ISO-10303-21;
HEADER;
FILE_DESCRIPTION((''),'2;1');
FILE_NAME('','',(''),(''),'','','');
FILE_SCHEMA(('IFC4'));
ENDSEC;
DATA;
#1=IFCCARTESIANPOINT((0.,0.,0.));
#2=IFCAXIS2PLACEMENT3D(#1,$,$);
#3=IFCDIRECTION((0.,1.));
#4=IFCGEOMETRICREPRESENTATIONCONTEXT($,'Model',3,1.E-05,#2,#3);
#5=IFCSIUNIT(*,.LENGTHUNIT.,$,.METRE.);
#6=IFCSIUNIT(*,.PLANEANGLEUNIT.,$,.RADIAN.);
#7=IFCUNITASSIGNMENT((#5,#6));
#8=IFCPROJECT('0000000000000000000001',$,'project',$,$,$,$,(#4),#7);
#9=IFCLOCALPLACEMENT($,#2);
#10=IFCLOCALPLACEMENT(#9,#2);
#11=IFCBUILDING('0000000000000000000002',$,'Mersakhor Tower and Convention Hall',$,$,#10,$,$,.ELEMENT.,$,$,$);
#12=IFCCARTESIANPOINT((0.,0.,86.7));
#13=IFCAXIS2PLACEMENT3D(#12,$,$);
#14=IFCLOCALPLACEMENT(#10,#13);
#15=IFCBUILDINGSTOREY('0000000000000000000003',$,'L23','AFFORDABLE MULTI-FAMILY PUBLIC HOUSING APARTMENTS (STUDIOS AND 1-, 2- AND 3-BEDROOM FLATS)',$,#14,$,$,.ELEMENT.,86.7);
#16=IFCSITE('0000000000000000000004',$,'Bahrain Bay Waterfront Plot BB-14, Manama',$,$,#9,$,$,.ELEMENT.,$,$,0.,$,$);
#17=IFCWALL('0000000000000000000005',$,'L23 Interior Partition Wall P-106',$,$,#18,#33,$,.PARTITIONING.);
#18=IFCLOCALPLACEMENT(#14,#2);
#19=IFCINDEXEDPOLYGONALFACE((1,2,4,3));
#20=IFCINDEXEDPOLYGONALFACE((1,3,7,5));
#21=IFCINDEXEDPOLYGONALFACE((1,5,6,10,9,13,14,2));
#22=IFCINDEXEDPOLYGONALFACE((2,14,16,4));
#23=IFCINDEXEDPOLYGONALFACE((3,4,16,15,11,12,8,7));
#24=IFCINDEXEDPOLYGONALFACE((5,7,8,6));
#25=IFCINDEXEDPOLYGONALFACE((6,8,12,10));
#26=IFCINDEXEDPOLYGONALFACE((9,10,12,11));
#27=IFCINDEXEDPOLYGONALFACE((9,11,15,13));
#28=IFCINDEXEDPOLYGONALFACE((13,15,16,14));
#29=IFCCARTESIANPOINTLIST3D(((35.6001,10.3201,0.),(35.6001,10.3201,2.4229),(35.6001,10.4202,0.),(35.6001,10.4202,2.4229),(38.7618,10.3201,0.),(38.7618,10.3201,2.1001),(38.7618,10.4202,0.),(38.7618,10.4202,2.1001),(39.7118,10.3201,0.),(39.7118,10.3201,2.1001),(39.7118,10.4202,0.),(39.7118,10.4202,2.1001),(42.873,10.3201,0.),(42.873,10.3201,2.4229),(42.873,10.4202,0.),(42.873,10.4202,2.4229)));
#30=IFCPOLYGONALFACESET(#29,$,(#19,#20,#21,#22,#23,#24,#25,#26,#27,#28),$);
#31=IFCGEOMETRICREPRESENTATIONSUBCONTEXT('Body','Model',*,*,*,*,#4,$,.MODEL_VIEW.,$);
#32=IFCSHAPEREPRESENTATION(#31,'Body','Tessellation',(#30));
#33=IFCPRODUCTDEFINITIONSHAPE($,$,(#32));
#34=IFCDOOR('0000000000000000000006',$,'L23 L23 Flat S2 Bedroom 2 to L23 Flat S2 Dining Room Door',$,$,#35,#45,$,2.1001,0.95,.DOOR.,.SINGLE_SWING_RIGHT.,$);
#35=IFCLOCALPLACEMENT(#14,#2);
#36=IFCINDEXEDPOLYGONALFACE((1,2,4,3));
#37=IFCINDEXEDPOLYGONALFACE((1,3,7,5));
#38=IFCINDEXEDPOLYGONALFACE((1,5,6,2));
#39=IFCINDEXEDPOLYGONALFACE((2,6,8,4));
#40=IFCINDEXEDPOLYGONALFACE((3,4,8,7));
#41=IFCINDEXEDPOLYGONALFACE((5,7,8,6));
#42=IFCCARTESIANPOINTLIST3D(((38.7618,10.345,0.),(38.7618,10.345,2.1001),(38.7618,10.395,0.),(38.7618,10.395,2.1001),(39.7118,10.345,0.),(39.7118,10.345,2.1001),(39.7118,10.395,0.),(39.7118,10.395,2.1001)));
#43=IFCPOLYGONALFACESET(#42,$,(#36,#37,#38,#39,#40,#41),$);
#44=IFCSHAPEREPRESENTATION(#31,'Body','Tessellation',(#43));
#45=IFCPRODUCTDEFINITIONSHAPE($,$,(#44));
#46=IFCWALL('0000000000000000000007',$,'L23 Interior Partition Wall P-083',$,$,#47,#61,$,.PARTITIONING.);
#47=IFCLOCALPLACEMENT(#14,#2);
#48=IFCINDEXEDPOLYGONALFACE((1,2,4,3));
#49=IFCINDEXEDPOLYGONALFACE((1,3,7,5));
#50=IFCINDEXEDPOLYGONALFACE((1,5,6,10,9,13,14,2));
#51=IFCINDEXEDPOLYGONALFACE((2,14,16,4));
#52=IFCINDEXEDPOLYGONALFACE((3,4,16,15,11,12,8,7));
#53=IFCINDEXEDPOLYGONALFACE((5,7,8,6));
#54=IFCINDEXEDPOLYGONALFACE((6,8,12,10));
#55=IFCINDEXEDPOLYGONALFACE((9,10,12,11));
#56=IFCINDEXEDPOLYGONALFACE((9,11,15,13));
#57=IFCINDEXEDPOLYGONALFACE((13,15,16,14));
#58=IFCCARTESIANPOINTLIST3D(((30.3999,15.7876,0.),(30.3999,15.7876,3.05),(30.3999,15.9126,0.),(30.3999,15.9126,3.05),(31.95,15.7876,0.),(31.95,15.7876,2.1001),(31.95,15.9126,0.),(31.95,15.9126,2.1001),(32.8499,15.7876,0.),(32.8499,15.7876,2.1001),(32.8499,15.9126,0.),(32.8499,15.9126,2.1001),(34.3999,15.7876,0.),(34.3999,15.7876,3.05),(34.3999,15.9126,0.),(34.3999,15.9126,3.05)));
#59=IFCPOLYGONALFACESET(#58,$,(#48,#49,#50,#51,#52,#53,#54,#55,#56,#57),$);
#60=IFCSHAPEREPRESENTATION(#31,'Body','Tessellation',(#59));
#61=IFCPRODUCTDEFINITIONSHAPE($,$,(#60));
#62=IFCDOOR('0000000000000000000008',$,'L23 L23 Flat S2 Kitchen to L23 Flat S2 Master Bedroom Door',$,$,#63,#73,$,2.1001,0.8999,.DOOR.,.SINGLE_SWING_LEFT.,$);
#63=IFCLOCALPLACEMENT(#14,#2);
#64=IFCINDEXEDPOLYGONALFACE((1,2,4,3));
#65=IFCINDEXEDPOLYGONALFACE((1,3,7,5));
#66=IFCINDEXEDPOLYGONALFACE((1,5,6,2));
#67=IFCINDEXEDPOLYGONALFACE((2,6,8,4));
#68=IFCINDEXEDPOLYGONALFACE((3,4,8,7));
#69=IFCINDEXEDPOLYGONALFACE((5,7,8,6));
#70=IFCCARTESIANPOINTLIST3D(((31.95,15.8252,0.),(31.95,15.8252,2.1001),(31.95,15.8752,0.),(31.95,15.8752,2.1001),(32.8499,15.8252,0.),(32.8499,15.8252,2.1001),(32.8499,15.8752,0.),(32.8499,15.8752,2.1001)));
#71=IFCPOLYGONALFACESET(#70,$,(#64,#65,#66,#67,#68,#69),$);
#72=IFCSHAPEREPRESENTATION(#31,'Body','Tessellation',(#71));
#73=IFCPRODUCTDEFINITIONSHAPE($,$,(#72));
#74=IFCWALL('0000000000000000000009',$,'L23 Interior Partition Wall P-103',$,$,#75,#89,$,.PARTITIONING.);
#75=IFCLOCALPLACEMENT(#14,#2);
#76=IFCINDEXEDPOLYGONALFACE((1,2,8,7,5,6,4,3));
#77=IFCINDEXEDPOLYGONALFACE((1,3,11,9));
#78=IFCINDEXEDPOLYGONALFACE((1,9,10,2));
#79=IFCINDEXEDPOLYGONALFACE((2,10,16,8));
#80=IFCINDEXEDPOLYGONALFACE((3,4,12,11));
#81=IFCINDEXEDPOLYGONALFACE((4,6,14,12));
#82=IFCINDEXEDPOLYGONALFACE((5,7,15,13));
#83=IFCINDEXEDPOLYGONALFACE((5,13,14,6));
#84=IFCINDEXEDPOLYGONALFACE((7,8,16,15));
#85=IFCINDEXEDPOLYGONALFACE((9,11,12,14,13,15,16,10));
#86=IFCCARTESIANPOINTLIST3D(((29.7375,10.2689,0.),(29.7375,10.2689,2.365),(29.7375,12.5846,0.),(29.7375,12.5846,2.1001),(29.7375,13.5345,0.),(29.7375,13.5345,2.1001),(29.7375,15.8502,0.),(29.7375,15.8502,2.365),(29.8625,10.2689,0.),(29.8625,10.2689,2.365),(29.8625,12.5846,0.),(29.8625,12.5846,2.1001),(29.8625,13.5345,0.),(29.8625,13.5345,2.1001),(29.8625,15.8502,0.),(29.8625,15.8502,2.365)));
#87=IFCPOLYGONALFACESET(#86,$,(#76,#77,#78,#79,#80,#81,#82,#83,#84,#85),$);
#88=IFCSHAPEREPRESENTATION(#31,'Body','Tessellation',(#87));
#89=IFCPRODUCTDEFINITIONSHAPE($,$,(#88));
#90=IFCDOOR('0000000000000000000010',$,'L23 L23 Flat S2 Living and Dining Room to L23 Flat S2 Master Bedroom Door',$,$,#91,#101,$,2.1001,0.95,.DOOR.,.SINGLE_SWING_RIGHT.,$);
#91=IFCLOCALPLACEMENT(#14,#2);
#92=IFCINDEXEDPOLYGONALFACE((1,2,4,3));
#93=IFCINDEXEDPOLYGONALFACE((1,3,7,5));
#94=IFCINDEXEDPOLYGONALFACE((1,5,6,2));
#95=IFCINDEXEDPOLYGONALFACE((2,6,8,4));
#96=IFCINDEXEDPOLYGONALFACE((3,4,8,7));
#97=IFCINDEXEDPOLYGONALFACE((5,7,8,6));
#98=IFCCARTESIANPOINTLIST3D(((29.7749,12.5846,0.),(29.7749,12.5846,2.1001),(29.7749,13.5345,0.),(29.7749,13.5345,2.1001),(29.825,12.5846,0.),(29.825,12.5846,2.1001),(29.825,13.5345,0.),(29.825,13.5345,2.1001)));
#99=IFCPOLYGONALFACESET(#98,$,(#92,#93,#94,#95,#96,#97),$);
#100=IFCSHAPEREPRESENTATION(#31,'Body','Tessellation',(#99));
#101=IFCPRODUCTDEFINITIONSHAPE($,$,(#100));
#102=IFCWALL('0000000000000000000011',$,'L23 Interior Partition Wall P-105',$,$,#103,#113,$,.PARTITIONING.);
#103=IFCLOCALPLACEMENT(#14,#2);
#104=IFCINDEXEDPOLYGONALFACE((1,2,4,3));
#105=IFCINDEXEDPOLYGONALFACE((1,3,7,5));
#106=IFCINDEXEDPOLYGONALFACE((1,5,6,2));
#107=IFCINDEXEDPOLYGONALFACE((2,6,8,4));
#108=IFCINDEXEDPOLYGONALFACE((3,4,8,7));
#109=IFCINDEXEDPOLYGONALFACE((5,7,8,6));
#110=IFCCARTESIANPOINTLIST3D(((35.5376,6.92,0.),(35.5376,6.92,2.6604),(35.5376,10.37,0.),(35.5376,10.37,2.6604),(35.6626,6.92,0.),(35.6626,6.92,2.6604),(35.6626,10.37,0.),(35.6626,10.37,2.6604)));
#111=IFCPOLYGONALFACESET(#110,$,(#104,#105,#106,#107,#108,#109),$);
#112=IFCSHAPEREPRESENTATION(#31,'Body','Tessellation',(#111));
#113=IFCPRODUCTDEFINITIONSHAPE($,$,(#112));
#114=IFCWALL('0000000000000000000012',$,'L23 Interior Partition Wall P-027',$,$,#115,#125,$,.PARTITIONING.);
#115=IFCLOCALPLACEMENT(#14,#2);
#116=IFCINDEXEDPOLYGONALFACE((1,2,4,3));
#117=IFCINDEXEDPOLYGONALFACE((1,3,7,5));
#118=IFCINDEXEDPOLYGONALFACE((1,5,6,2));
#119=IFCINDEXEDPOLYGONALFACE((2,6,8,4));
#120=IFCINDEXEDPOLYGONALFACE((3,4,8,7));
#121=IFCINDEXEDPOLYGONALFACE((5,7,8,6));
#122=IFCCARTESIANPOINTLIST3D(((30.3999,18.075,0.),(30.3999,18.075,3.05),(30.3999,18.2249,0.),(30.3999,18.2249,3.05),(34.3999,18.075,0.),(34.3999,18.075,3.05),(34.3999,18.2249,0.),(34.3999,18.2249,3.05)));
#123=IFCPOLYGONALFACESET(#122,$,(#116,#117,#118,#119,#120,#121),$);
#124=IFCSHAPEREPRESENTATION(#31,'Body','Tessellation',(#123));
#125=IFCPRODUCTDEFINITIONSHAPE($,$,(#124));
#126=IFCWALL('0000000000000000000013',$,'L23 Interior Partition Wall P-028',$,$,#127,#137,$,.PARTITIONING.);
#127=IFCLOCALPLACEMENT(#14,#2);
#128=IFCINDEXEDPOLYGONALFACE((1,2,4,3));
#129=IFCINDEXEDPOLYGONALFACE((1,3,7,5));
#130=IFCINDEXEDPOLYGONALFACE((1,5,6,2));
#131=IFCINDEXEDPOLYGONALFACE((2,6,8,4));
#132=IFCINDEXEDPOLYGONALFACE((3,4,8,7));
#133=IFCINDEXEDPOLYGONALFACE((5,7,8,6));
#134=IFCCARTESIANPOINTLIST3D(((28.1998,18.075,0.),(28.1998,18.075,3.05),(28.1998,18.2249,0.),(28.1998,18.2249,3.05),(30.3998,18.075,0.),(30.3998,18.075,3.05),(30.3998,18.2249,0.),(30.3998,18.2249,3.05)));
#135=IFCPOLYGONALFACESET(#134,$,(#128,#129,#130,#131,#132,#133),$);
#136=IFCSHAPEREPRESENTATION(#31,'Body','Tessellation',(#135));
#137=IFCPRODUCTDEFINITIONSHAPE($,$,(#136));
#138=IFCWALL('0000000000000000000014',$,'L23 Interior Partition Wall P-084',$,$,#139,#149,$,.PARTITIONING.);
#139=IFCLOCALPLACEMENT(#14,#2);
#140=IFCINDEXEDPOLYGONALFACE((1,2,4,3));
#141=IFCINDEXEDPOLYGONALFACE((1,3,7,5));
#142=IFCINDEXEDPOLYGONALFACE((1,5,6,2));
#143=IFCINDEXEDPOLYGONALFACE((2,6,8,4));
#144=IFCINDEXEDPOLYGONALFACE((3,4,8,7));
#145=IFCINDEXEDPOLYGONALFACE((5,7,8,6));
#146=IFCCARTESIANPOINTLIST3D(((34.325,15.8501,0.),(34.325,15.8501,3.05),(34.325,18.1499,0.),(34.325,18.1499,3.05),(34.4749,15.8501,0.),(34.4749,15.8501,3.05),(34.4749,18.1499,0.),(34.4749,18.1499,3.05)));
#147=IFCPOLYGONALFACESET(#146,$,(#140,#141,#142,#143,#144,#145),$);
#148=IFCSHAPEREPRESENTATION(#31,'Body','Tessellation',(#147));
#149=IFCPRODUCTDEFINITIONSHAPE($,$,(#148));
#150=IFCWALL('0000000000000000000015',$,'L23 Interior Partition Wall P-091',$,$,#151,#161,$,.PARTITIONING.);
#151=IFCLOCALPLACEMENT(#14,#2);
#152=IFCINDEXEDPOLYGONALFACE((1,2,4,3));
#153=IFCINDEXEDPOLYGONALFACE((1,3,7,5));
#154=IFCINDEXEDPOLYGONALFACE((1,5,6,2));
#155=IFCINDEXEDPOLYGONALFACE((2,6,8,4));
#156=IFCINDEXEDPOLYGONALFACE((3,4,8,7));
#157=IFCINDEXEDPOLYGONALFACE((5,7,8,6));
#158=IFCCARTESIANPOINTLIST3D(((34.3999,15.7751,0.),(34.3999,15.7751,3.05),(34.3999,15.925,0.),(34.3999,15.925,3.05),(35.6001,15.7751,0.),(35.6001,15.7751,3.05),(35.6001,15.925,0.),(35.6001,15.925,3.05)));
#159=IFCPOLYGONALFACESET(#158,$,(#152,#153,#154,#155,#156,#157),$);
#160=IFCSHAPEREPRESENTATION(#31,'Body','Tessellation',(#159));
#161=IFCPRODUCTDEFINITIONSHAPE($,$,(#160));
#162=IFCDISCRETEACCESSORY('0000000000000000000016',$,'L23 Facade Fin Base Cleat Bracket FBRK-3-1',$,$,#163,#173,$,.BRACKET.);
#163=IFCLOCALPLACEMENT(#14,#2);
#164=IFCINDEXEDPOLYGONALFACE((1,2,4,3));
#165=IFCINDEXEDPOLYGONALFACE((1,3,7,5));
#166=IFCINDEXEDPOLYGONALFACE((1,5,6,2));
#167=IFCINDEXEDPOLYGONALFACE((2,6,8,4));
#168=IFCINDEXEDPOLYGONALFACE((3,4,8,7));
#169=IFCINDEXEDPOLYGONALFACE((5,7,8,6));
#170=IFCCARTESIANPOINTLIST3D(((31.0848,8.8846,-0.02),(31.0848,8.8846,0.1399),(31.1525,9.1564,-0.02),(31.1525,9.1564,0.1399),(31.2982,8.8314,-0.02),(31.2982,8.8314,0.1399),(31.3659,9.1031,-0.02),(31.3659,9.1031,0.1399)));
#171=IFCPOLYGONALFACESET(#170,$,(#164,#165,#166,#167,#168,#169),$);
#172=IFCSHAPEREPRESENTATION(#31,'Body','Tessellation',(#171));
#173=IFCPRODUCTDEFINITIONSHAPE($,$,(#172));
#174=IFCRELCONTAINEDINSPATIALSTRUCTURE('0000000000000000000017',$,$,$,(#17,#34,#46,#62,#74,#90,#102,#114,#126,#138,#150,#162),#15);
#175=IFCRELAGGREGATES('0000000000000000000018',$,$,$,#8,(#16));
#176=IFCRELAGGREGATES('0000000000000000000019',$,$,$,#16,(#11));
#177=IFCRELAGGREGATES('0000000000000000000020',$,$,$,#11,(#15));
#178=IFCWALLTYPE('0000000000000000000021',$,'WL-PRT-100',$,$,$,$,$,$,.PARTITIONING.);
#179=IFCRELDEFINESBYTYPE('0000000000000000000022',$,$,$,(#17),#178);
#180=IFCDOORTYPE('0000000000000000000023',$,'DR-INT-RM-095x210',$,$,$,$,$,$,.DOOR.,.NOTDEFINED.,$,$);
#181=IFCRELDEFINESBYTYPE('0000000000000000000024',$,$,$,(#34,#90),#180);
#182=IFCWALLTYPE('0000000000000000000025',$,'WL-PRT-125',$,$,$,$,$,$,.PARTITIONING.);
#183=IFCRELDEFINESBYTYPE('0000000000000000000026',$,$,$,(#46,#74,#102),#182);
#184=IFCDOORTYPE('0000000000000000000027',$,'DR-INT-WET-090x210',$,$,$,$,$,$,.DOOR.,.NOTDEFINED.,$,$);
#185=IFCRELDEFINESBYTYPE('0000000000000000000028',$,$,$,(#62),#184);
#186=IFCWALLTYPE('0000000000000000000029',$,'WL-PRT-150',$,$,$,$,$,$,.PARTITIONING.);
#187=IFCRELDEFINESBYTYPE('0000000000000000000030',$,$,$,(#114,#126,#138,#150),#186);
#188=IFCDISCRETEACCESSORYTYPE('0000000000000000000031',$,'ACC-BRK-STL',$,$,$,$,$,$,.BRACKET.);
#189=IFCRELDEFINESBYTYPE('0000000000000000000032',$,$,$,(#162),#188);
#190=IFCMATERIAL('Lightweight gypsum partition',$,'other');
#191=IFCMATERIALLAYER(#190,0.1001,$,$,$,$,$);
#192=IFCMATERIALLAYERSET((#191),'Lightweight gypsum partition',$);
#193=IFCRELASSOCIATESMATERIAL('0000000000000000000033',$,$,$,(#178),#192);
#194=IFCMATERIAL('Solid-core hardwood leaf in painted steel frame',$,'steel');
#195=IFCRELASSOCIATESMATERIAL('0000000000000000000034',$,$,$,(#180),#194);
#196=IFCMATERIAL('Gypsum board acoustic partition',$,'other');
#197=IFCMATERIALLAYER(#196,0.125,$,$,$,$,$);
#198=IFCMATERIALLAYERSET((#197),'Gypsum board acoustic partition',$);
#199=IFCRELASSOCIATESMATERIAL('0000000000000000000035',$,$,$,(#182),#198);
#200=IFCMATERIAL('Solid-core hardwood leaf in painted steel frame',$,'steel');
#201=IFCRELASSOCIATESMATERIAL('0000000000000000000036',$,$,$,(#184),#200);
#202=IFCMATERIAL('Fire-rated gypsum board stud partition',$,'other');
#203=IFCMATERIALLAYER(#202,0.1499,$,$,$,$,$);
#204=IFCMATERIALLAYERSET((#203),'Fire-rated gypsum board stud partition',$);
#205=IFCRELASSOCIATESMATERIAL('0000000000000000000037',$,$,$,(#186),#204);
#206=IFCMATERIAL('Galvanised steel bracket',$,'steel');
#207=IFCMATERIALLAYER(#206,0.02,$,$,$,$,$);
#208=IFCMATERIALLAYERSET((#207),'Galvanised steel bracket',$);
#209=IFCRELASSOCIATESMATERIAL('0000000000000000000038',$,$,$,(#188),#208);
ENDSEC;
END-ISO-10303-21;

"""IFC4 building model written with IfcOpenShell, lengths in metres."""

from ifc_helpers import new_model, si_unit, direction, frame, frame_2d, origin, origin_2d, place, context, subcontext, project, spatial, rectangle, extrude, material, layer, layer_set, type_object, element, fill, save


model = new_model("IFC4")

# Units and contexts
model_context = context("Model", 3, precision=1e-05, world=origin(), true_north=direction((0.0, 1.0)))
body_context = subcontext(model_context, "Body", "Model", "MODEL_VIEW")
ifc_project = project(units=[si_unit("LENGTHUNIT", "METRE"), si_unit("PLANEANGLEUNIT", "RADIAN")], contexts=[model_context])

# Site, building, storey
site_placement = place(None, origin())
site = spatial("IfcSite", under=ifc_project, at=site_placement, Name="Bahrain Bay Waterfront Plot BB-14, Manama", CompositionType="ELEMENT", RefElevation=0.0)
building_placement = place(site_placement, origin())
building = spatial("IfcBuilding", under=site, at=building_placement, Name="Mersakhor Tower and Convention Hall", CompositionType="ELEMENT")
storey_placement = place(building_placement, frame((0.0, 0.0, 86.7)))
storey = spatial("IfcBuildingStorey", under=building, at=storey_placement, Name="L23", Description="AFFORDABLE MULTI-FAMILY PUBLIC HOUSING APARTMENTS (STUDIOS AND 1-, 2- AND 3-BEDROOM FLATS)", CompositionType="ELEMENT", Elevation=86.7)

# Walls, openings, doors
ifc_material_1 = material(Name="Lightweight gypsum partition", Category="other")
ifc_layer_1 = layer(ifc_material_1, 0.1001)
ifc_layer_set_1 = layer_set([ifc_layer_1], Name="Lightweight gypsum partition")
wall_type_1 = type_object("IfcWallType", Name="WL-PRT-100", PredefinedType="PARTITIONING", material=ifc_layer_set_1)
ifc_material_2 = material(Name="Solid-core hardwood leaf in painted steel frame", Category="steel")
door_type_1 = type_object("IfcDoorType", Name="DR-INT-RM-095x210", OperationType="NOTDEFINED", PredefinedType="DOOR", material=ifc_material_2)
wall_1_placement = place(storey_placement, frame((35.6001, 10.3701, 0.0), z_axis=(0.0, 0.0, 1.0), x_axis=(1.0, 0.0, 0.0)))
wall_1 = element("IfcWall", 1, at=wall_1_placement, inside=storey, type_object=wall_type_1, Name="L23 Interior Partition Wall P-106", PredefinedType="PARTITIONING", context=body_context, shape_type="SweptSolid", body=[
    extrude(rectangle(XDim=7.2729, YDim=0.1001, at=frame_2d((3.6365, 0.0))), origin(), (0.0, 0.0, 1.0), 2.4229),
])
opening_1_placement = place(wall_1_placement, frame((3.1616, 0.0, 0.0)))
opening_1 = element("IfcOpeningElement", 2, at=opening_1_placement, cuts=wall_1, PredefinedType="OPENING", context=body_context, shape_type="SweptSolid", body=[
    extrude(rectangle(XDim=0.95, YDim=2.1001, at=frame_2d((0.4751, 1.05))), frame((0.0, 0.0601, 0.0), z_axis=(0.0, -1.0, 0.0), x_axis=(1.0, 0.0, 0.0)), (0.0, 0.0, 1.0), 0.1201),
])
door_1_placement = place(opening_1_placement, origin())
door_1 = element("IfcDoor", 3, at=door_1_placement, inside=storey, type_object=door_type_1, Name="L23 L23 Flat S2 Bedroom 2 to L23 Flat S2 Dining Room Door", OperationType="SINGLE_SWING_RIGHT", OverallHeight=2.1001, OverallWidth=0.95, PredefinedType="DOOR", context=body_context, shape_type="SweptSolid", body=[
    extrude(rectangle(XDim=0.95, YDim=2.1001, at=frame_2d((0.4751, 1.05))), frame((0.0, 0.0249, 0.0), z_axis=(0.0, -1.0, 0.0), x_axis=(1.0, 0.0, 0.0)), (0.0, 0.0, 1.0), 0.05),
])
fill(opening_1, door_1)
ifc_material_3 = material(Name="Gypsum board acoustic partition", Category="other")
ifc_layer_2 = layer(ifc_material_3, 0.125)
ifc_layer_set_2 = layer_set([ifc_layer_2], Name="Gypsum board acoustic partition")
wall_type_2 = type_object("IfcWallType", Name="WL-PRT-125", PredefinedType="PARTITIONING", material=ifc_layer_set_2)
wall_2_placement = place(storey_placement, frame((34.3999, 15.8501, 0.0), z_axis=(0.0, 0.0, 1.0), x_axis=(-1.0, 0.0, 0.0)))
wall_2 = element("IfcWall", 4, at=wall_2_placement, inside=storey, type_object=wall_type_2, Name="L23 Interior Partition Wall P-083", PredefinedType="PARTITIONING", context=body_context, shape_type="SweptSolid", body=[
    extrude(rectangle(XDim=4.0, YDim=0.125, at=frame_2d((2.0, 0.0))), origin(), (0.0, 0.0, 1.0), 3.05),
])
opening_2_placement = place(wall_2_placement, frame((1.55, 0.0, 0.0)))
opening_2 = element("IfcOpeningElement", 5, at=opening_2_placement, cuts=wall_2, PredefinedType="OPENING", context=body_context, shape_type="SweptSolid", body=[
    extrude(rectangle(XDim=0.8999, YDim=2.1001, at=frame_2d((0.45, 1.05))), frame((0.0, 0.0725, 0.0), z_axis=(0.0, -1.0, 0.0), x_axis=(1.0, 0.0, 0.0)), (0.0, 0.0, 1.0), 0.145),
])
ifc_material_4 = material(Name="Solid-core hardwood leaf in painted steel frame", Category="steel")
door_type_2 = type_object("IfcDoorType", Name="DR-INT-WET-090x210", OperationType="NOTDEFINED", PredefinedType="DOOR", material=ifc_material_4)
door_2_placement = place(opening_2_placement, origin())
door_2 = element("IfcDoor", 6, at=door_2_placement, inside=storey, type_object=door_type_2, Name="L23 L23 Flat S2 Kitchen to L23 Flat S2 Master Bedroom Door", OperationType="SINGLE_SWING_LEFT", OverallHeight=2.1001, OverallWidth=0.8999, PredefinedType="DOOR", context=body_context, shape_type="SweptSolid", body=[
    extrude(rectangle(XDim=0.8999, YDim=2.1001, at=frame_2d((0.45, 1.05))), frame((0.0, 0.0249, 0.0), z_axis=(0.0, -1.0, 0.0), x_axis=(1.0, 0.0, 0.0)), (0.0, 0.0, 1.0), 0.05),
])
fill(opening_2, door_2)
wall_3_placement = place(storey_placement, frame((29.8, 15.8501, 0.0), z_axis=(0.0, 0.0, 1.0), x_axis=(0.0, -1.0, 0.0)))
wall_3 = element("IfcWall", 7, at=wall_3_placement, inside=storey, type_object=wall_type_2, Name="L23 Interior Partition Wall P-103", PredefinedType="PARTITIONING", context=body_context, shape_type="SweptSolid", body=[
    extrude(rectangle(XDim=5.5813, YDim=0.125, at=frame_2d((2.7905, 0.0))), origin(), (0.0, 0.0, 1.0), 2.365),
])
opening_3_placement = place(wall_3_placement, frame((2.3154, 0.0, 0.0)))
opening_3 = element("IfcOpeningElement", 8, at=opening_3_placement, cuts=wall_3, PredefinedType="OPENING", context=body_context, shape_type="SweptSolid", body=[
    extrude(rectangle(XDim=0.95, YDim=2.1001, at=frame_2d((0.4751, 1.05))), frame((0.0, 0.0725, 0.0), z_axis=(0.0, -1.0, 0.0), x_axis=(1.0, 0.0, 0.0)), (0.0, 0.0, 1.0), 0.145),
])
door_3_placement = place(opening_3_placement, origin())
door_3 = element("IfcDoor", 9, at=door_3_placement, inside=storey, type_object=door_type_1, Name="L23 L23 Flat S2 Living and Dining Room to L23 Flat S2 Master Bedroom Door", OperationType="SINGLE_SWING_RIGHT", OverallHeight=2.1001, OverallWidth=0.95, PredefinedType="DOOR", context=body_context, shape_type="SweptSolid", body=[
    extrude(rectangle(XDim=0.95, YDim=2.1001, at=frame_2d((0.4751, 1.05))), frame((0.0, 0.0249, 0.0), z_axis=(0.0, -1.0, 0.0), x_axis=(1.0, 0.0, 0.0)), (0.0, 0.0, 1.0), 0.05),
])
fill(opening_3, door_3)

# Wall
wall_4_placement = place(storey_placement, frame((35.6001, 10.3701, 0.0), z_axis=(0.0, 0.0, 1.0), x_axis=(0.0, -1.0, 0.0)))
element("IfcWall", 10, at=wall_4_placement, inside=storey, type_object=wall_type_2, Name="L23 Interior Partition Wall P-105", PredefinedType="PARTITIONING", context=body_context, shape_type="SweptSolid", body=[
    extrude(rectangle(XDim=3.45, YDim=0.125, at=frame_2d((1.7251, 0.0))), origin(), (0.0, 0.0, 1.0), 2.6604),
])

# Shared definitions
ifc_material_5 = material(Name="Fire-rated gypsum board stud partition", Category="other")
ifc_layer_3 = layer(ifc_material_5, 0.1499)
ifc_layer_set_3 = layer_set([ifc_layer_3], Name="Fire-rated gypsum board stud partition")
wall_type_3 = type_object("IfcWallType", Name="WL-PRT-150", PredefinedType="PARTITIONING", material=ifc_layer_set_3)

# Walls
wall_5_placement = place(storey_placement, frame((34.3999, 18.1499, 0.0), z_axis=(0.0, 0.0, 1.0), x_axis=(-1.0, 0.0, 0.0)))
element("IfcWall", 11, at=wall_5_placement, inside=storey, type_object=wall_type_3, Name="L23 Interior Partition Wall P-027", PredefinedType="PARTITIONING", context=body_context, shape_type="SweptSolid", body=[
    extrude(rectangle(XDim=4.0, YDim=0.1499, at=frame_2d((2.0, 0.0))), origin(), (0.0, 0.0, 1.0), 3.05),
])
wall_6_placement = place(storey_placement, frame((30.3999, 18.1499, 0.0), z_axis=(0.0, 0.0, 1.0), x_axis=(-1.0, 0.0, 0.0)))
element("IfcWall", 12, at=wall_6_placement, inside=storey, type_object=wall_type_3, Name="L23 Interior Partition Wall P-028", PredefinedType="PARTITIONING", context=body_context, shape_type="SweptSolid", body=[
    extrude(rectangle(XDim=2.2, YDim=0.1499, at=frame_2d((1.1001, 0.0))), origin(), (0.0, 0.0, 1.0), 3.05),
])
wall_7_placement = place(storey_placement, frame((34.3999, 18.1499, 0.0), z_axis=(0.0, 0.0, 1.0), x_axis=(0.0, -1.0, 0.0)))
element("IfcWall", 13, at=wall_7_placement, inside=storey, type_object=wall_type_3, Name="L23 Interior Partition Wall P-084", PredefinedType="PARTITIONING", context=body_context, shape_type="SweptSolid", body=[
    extrude(rectangle(XDim=2.2998, YDim=0.1499, at=frame_2d((1.1499, 0.0))), origin(), (0.0, 0.0, 1.0), 3.05),
])
wall_8_placement = place(storey_placement, frame((35.6001, 15.8501, 0.0), z_axis=(0.0, 0.0, 1.0), x_axis=(-1.0, 0.0, 0.0)))
element("IfcWall", 14, at=wall_8_placement, inside=storey, type_object=wall_type_3, Name="L23 Interior Partition Wall P-091", PredefinedType="PARTITIONING", context=body_context, shape_type="SweptSolid", body=[
    extrude(rectangle(XDim=1.2002, YDim=0.1499, at=frame_2d((0.6001, 0.0))), origin(), (0.0, 0.0, 1.0), 3.05),
])

# Discrete accessory
ifc_material_6 = material(Name="Galvanised steel bracket", Category="steel")
ifc_layer_4 = layer(ifc_material_6, 0.02)
ifc_layer_set_4 = layer_set([ifc_layer_4], Name="Galvanised steel bracket")
discrete_accessory_type = type_object("IfcDiscreteAccessoryType", Name="ACC-BRK-STL", PredefinedType="BRACKET", material=ifc_layer_set_4)
discrete_accessory_placement = place(storey_placement, frame((31.2253, 8.9939, -0.02), z_axis=(0.0, 0.0, 1.0), x_axis=(-0.241922, -0.970296, 0.0)))
element("IfcDiscreteAccessory", 15, at=discrete_accessory_placement, inside=storey, type_object=discrete_accessory_type, Name="L23 Facade Fin Base Cleat Bracket FBRK-3-1", PredefinedType="BRACKET", context=body_context, shape_type="SweptSolid", body=[
    extrude(rectangle(XDim=0.28, YDim=0.22, at=origin_2d()), origin(), (0.0, 0.0, 1.0), 0.1599),
])

save(model, "model.ifc")
